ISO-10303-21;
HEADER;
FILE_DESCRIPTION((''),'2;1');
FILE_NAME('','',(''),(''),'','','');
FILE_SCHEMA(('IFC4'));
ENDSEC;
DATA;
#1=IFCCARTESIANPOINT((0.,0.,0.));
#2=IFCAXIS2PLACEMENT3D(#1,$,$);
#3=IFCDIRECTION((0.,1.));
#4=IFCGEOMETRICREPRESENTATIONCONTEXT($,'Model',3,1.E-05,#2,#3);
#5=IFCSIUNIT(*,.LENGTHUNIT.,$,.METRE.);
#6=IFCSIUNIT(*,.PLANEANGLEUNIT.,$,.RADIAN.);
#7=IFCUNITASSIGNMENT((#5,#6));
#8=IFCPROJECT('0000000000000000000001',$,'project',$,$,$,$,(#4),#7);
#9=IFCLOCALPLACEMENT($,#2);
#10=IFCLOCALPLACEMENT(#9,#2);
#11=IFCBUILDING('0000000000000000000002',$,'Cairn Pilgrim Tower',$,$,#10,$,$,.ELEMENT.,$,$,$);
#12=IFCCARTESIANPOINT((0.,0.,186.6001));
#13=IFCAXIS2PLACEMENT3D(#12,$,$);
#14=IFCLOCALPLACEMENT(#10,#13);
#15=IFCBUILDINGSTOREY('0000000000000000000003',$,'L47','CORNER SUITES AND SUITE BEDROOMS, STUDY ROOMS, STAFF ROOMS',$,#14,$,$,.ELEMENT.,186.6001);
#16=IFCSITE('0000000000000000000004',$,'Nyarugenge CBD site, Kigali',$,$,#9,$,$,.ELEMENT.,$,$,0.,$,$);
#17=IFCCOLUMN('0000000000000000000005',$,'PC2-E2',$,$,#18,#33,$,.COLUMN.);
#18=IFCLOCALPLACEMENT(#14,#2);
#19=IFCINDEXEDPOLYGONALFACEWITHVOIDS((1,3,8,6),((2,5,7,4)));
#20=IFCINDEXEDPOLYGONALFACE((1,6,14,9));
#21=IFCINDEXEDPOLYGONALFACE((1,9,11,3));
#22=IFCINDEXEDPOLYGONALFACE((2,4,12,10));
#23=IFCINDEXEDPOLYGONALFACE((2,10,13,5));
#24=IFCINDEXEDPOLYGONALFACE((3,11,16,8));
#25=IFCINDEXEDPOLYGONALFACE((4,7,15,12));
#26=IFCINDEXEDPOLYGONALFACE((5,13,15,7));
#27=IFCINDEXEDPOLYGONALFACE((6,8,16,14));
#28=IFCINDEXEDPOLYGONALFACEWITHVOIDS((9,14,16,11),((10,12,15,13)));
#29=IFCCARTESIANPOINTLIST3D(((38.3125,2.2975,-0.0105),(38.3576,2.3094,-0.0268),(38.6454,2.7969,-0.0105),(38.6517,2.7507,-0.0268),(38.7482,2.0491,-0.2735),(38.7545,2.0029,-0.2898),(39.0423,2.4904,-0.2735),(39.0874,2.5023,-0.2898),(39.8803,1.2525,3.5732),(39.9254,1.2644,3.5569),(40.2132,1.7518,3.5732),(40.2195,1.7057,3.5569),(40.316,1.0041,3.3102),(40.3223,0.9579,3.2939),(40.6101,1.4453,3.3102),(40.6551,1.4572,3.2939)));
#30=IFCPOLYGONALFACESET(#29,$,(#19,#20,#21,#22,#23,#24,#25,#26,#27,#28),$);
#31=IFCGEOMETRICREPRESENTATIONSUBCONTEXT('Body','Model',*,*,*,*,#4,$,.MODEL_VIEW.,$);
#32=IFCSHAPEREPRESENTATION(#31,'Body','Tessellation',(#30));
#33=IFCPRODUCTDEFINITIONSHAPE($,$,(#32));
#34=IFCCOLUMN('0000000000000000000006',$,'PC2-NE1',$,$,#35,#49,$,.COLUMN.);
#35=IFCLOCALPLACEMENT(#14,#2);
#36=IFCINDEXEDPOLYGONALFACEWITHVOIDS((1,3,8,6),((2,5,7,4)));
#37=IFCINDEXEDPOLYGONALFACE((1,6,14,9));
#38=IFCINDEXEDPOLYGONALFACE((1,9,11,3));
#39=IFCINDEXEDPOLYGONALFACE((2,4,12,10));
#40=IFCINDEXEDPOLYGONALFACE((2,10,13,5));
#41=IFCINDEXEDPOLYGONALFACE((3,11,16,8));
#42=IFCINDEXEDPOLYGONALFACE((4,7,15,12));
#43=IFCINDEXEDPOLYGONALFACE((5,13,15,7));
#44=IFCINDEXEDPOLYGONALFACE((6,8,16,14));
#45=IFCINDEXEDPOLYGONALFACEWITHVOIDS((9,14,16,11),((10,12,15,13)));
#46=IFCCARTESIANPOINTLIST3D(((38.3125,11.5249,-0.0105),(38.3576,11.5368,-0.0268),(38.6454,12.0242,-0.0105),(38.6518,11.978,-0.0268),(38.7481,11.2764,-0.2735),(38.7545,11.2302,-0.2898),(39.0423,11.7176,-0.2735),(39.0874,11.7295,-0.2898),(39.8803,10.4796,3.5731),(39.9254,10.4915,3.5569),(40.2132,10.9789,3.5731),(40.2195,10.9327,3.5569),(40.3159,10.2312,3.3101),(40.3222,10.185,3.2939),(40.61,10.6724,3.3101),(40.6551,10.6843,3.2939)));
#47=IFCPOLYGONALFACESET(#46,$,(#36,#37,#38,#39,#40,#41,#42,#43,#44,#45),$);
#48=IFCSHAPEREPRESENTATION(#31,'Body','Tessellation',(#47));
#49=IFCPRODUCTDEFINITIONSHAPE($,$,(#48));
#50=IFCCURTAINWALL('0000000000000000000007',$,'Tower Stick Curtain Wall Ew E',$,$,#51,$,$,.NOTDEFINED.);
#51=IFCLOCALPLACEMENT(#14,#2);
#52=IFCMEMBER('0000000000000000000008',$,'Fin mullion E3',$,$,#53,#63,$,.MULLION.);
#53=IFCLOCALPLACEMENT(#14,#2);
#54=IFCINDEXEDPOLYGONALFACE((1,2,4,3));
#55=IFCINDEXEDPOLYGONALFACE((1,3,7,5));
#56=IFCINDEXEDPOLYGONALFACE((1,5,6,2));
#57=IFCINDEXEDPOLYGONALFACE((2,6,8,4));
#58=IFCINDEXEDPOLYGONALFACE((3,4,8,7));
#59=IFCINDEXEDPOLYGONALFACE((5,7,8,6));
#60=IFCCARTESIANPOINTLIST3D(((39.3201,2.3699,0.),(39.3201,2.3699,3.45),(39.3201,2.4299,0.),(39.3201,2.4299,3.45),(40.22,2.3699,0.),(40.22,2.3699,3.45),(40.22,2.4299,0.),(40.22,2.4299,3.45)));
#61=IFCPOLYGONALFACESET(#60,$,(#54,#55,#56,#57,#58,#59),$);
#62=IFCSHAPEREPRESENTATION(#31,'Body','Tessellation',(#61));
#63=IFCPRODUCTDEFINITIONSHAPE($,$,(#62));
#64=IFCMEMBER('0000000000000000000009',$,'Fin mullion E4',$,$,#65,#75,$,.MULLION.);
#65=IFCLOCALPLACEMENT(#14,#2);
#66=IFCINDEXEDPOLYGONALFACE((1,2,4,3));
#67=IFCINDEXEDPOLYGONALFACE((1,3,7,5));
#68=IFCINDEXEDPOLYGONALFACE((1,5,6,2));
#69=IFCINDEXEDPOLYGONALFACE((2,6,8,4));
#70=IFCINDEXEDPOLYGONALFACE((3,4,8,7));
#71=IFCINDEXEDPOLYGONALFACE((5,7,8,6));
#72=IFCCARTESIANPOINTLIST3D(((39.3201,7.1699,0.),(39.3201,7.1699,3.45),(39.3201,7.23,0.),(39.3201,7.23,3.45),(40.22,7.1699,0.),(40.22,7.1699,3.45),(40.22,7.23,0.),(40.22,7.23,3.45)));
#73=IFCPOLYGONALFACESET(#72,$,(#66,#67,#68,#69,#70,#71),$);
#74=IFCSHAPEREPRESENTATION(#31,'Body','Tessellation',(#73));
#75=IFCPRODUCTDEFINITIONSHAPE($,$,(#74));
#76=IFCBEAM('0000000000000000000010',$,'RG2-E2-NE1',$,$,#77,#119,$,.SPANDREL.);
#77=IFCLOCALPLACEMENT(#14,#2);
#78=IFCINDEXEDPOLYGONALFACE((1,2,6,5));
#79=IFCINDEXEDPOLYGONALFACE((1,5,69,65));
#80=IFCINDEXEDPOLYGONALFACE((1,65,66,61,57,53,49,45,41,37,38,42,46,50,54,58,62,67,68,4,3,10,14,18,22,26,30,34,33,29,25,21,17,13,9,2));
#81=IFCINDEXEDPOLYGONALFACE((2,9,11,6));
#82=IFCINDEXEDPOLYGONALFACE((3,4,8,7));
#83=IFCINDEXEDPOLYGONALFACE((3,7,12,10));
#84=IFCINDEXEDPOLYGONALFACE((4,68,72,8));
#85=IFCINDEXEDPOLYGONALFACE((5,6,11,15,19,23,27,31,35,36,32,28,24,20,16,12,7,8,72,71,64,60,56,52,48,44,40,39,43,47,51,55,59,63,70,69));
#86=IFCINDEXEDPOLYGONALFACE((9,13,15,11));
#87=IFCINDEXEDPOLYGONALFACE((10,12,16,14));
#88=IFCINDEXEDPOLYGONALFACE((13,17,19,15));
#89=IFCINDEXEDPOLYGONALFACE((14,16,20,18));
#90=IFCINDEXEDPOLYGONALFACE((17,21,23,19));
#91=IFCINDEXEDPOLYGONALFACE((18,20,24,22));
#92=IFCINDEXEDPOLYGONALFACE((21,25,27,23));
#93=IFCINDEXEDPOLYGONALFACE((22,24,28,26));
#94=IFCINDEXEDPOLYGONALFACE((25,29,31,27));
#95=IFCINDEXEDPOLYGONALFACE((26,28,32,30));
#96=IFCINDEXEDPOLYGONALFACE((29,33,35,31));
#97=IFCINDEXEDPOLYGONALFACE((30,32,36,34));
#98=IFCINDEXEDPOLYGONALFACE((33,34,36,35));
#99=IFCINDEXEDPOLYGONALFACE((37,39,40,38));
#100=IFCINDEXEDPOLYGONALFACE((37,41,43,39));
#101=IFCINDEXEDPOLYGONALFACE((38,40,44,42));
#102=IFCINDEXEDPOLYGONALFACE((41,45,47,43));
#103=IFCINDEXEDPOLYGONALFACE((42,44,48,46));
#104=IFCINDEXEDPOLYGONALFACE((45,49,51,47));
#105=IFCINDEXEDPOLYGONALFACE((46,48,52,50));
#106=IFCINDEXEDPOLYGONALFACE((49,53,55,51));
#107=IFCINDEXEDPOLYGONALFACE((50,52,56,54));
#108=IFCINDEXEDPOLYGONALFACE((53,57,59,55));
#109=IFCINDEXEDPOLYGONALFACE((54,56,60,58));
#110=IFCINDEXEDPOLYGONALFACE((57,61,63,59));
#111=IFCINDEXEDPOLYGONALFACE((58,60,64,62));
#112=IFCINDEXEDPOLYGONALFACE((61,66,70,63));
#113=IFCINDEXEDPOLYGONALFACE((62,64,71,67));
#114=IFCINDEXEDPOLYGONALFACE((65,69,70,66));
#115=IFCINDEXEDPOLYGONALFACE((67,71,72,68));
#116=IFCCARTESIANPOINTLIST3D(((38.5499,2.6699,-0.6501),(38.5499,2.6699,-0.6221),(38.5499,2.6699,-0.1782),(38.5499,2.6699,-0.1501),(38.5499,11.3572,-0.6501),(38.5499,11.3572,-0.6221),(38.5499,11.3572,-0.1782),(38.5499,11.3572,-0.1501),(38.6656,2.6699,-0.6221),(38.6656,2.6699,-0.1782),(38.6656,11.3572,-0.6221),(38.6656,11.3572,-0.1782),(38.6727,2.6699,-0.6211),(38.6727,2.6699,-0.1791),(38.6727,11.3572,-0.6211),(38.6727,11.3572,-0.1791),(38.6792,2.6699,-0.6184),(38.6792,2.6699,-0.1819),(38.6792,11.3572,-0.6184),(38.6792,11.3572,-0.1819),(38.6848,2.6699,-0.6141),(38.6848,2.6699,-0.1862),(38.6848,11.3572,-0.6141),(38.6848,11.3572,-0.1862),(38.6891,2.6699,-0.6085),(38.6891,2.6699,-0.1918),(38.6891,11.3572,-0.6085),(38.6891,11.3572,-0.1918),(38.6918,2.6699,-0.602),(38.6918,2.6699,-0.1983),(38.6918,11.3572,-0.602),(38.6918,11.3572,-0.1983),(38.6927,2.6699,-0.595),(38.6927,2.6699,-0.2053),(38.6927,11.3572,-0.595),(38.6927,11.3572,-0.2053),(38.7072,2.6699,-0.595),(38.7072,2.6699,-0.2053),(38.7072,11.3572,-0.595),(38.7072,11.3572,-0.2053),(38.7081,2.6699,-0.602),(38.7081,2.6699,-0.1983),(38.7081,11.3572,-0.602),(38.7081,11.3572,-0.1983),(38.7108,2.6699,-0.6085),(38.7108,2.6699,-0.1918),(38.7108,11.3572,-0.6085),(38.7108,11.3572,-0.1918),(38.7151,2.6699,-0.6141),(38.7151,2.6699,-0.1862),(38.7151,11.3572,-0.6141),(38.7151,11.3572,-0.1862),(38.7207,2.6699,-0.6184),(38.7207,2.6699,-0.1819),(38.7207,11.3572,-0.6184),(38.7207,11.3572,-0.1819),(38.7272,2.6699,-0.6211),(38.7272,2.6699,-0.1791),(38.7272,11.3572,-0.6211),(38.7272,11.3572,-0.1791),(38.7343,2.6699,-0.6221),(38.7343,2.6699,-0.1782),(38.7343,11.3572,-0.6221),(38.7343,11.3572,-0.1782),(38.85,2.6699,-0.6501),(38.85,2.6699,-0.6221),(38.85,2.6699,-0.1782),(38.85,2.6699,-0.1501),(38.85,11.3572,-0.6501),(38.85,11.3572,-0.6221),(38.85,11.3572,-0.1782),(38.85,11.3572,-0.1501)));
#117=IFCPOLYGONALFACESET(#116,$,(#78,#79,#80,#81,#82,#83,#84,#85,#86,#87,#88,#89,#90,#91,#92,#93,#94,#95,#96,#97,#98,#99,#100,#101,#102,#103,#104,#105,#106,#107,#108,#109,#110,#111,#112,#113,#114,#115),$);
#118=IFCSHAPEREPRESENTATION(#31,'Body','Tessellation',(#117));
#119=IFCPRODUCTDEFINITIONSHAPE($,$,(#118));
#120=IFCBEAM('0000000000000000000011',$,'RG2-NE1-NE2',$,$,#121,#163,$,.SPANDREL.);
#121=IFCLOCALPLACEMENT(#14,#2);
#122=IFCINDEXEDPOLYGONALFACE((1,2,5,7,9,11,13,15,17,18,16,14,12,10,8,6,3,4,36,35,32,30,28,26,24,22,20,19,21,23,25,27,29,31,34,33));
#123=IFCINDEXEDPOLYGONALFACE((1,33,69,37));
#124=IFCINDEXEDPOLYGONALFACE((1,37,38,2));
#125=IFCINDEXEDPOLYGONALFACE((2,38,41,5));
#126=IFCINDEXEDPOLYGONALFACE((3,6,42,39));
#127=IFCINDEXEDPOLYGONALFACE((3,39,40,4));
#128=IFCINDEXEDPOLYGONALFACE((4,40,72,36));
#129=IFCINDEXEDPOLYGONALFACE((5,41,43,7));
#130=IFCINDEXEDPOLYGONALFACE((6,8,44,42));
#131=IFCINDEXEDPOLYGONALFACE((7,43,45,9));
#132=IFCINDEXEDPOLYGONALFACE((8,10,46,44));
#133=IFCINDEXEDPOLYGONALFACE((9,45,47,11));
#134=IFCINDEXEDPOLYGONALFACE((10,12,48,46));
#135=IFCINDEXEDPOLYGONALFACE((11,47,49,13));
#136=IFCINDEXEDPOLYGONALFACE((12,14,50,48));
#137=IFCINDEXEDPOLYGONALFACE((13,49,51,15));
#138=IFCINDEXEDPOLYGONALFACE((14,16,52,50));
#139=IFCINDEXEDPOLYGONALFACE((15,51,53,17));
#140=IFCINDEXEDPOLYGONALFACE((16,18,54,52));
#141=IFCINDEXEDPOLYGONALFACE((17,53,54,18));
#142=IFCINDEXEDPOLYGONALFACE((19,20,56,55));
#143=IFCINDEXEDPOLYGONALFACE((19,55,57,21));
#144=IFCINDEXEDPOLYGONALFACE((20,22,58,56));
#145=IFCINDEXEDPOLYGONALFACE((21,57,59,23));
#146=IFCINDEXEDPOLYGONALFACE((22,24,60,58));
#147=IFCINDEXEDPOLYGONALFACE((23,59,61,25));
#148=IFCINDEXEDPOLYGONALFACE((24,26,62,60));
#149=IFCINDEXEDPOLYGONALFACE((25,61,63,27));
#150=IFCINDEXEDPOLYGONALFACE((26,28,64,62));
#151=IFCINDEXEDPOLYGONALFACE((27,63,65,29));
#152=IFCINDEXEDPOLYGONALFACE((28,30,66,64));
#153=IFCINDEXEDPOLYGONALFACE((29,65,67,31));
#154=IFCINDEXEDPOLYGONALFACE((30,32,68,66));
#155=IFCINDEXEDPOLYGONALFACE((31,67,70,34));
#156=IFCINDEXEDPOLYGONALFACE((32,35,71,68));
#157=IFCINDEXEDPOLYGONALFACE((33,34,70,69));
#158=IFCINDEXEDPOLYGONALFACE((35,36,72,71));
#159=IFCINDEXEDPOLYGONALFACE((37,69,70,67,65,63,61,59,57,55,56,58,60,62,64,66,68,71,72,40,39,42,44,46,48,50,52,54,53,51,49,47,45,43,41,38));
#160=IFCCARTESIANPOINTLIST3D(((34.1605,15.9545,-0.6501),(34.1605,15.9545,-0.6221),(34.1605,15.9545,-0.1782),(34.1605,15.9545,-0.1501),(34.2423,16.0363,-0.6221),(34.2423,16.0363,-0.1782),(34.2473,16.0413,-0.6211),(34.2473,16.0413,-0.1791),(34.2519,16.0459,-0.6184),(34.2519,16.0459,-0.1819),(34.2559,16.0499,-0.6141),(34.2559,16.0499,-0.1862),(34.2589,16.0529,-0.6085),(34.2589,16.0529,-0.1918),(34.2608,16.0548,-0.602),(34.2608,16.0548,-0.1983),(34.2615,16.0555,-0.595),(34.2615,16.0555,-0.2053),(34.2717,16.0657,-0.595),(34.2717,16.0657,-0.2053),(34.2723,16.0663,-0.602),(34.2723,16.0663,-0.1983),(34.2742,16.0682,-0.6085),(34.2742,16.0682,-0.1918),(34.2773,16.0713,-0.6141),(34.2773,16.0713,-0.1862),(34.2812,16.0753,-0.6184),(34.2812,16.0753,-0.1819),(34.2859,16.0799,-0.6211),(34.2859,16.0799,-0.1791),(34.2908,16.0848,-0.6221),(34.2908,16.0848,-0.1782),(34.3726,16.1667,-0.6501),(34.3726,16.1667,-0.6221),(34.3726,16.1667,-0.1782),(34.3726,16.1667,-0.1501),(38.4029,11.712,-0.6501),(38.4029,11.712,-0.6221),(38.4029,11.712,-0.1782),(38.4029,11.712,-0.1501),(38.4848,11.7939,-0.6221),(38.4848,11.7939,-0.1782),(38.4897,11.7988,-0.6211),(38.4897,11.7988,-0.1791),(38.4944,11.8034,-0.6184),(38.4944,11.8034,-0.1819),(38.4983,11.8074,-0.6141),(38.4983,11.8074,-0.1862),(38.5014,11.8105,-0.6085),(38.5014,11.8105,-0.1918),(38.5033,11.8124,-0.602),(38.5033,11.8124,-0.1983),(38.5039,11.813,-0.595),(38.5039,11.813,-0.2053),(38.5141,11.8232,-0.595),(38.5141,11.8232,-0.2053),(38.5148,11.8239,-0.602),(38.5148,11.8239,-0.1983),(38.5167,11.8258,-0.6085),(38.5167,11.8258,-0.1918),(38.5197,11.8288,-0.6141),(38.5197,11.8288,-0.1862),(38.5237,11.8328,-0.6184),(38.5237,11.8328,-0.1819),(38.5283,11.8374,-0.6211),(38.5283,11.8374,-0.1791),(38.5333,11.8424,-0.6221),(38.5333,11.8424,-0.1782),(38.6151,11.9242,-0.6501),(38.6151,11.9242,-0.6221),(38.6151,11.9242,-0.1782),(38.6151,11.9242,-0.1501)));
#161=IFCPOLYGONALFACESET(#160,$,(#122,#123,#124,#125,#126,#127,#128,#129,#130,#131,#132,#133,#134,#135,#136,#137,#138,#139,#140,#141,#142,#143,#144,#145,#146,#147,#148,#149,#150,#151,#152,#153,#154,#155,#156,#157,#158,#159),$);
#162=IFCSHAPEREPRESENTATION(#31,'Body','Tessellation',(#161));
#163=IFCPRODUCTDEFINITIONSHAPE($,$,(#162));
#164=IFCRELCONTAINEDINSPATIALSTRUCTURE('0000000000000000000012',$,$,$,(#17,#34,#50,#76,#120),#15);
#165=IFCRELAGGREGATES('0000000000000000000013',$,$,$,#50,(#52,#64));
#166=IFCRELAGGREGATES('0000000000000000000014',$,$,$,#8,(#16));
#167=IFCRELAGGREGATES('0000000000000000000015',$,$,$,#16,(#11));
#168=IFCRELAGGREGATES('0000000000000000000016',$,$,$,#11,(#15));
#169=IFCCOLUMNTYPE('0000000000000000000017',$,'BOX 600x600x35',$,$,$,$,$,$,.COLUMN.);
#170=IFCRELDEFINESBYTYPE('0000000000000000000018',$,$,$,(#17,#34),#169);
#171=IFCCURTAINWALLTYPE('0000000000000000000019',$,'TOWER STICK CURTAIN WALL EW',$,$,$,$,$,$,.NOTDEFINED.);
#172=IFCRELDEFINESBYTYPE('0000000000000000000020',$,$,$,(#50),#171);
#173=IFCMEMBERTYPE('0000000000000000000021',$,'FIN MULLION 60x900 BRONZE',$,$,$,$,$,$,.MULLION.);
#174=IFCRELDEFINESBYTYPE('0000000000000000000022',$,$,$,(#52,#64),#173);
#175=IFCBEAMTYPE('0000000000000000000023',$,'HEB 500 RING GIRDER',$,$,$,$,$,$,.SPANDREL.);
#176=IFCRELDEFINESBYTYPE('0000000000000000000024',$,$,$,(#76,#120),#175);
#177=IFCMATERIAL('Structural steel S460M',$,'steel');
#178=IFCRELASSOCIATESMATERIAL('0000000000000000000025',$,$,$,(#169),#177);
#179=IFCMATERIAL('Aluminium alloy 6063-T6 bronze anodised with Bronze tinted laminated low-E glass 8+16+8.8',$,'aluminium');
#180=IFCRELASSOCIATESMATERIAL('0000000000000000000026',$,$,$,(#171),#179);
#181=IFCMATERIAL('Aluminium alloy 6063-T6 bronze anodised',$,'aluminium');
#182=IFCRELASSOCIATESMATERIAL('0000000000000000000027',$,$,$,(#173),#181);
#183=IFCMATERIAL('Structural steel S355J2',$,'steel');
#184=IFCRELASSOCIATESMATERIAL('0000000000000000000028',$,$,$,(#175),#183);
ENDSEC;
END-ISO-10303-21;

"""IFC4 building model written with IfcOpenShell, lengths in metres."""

from ifc_helpers import new_model, si_unit, direction, frame, origin, origin_2d, place, context, subcontext, project, spatial, rectangle, hollow_rectangle, i_section, extrude, clip, halfspace, material, material_profile, profile_set, type_object, element, aggregate, save


model = new_model("IFC4")

# Units and contexts
model_context = context("Model", 3, precision=1e-05, world=origin(), true_north=direction((0.0, 1.0)))
body_context = subcontext(model_context, "Body", "Model", "MODEL_VIEW")
ifc_project = project(units=[si_unit("LENGTHUNIT", "METRE"), si_unit("PLANEANGLEUNIT", "RADIAN")], contexts=[model_context])

# Site, building, storey
site_placement = place(None, origin())
site = spatial("IfcSite", under=ifc_project, at=site_placement, Name="Nyarugenge CBD site, Kigali", CompositionType="ELEMENT", RefElevation=0.0)
building_placement = place(site_placement, origin())
building = spatial("IfcBuilding", under=site, at=building_placement, Name="Cairn Pilgrim Tower", CompositionType="ELEMENT")
storey_placement = place(building_placement, frame((0.0, 0.0, 186.6001)))
storey = spatial("IfcBuildingStorey", under=building, at=storey_placement, Name="L47", Description="CORNER SUITES AND SUITE BEDROOMS, STUDY ROOMS, STAFF ROOMS", CompositionType="ELEMENT", Elevation=186.6001)

# Columns
ifc_material_1 = material(Name="Structural steel S460M", Category="steel")
ifc_material_profile_1 = material_profile(ifc_material_1, hollow_rectangle(XDim=0.6001, YDim=0.6001, WallThickness=0.0349, at=origin_2d()), Name="BOX 600x600x35")
ifc_profile_set_1 = profile_set([ifc_material_profile_1], Name="Structural steel S460M")
column_type = type_object("IfcColumnType", Name="BOX 600x600x35", PredefinedType="COLUMN", material=ifc_profile_set_1)
for number, where, z_axis, x_axis, name in (
    (1, (38.7, 2.3999, -0.1501), (0.387219, -0.258106, 0.885123), (0.554641, 0.83209, 0.0), "PC2-E2"),
    (2, (38.7, 11.6272, -0.1501), (0.387213, -0.258162, 0.885109), (0.55473, 0.83203, 0.0), "PC2-NE1"),
):
    element("IfcColumn", number, at=place(storey_placement, frame(where, z_axis=z_axis, x_axis=x_axis)), inside=storey, type_object=column_type, Name=name, PredefinedType="COLUMN", context=body_context, shape_type="Clipping", body=[
        clip(extrude(hollow_rectangle(XDim=0.6001, YDim=0.6001, WallThickness=0.0349, at=origin_2d()), origin(), (0.0, 0.0, 1.0), 4.0674), halfspace(frame((0.0, 0.0, 4.0488), z_axis=(0.0, 0.0, 1.0), x_axis=(1.0, 0.0, 0.0)), False)),
    ])

# Curtain wall, members
ifc_material_2 = material(Name="Aluminium alloy 6063-T6 bronze anodised with Bronze tinted laminated low-E glass 8+16+8.8", Category="aluminium")
curtain_wall_type = type_object("IfcCurtainWallType", Name="TOWER STICK CURTAIN WALL EW", PredefinedType="NOTDEFINED", material=ifc_material_2)
curtain_wall_placement = place(storey_placement, origin())
curtain_wall = element("IfcCurtainWall", 3, at=curtain_wall_placement, inside=storey, type_object=curtain_wall_type, Name="Tower Stick Curtain Wall Ew E", PredefinedType="NOTDEFINED")
ifc_material_3 = material(Name="Aluminium alloy 6063-T6 bronze anodised", Category="aluminium")
ifc_material_profile_2 = material_profile(ifc_material_3, rectangle(XDim=0.8999, YDim=0.0601, at=origin_2d()), Name="FIN MULLION 60x900 BRONZE")
ifc_profile_set_2 = profile_set([ifc_material_profile_2], Name="Aluminium alloy 6063-T6 bronze anodised")
member_type_1 = type_object("IfcMemberType", Name="FIN MULLION 60x900 BRONZE", PredefinedType="MULLION", material=ifc_profile_set_2)
member_1_placement = place(storey_placement, frame((39.77, 2.3999, 0.0), z_axis=(0.0, 0.0, 1.0), x_axis=(1.0, 0.0, 0.0)))
member_1 = element("IfcMember", 4, at=member_1_placement, type_object=member_type_1, Name="Fin mullion E3", PredefinedType="MULLION", context=body_context, shape_type="SweptSolid", body=[
    extrude(rectangle(XDim=0.8999, YDim=0.0601, at=origin_2d()), origin(), (0.0, 0.0, 1.0), 3.45),
])
member_2_placement = place(storey_placement, frame((39.77, 7.2, 0.0), z_axis=(0.0, 0.0, 1.0), x_axis=(1.0, 0.0, 0.0)))
member_2 = element("IfcMember", 5, at=member_2_placement, type_object=member_type_1, Name="Fin mullion E4", PredefinedType="MULLION", context=body_context, shape_type="SweptSolid", body=[
    extrude(rectangle(XDim=0.8999, YDim=0.0601, at=origin_2d()), origin(), (0.0, 0.0, 1.0), 3.45),
])

# Beams
ifc_material_4 = material(Name="Structural steel S355J2", Category="steel")
ifc_material_profile_3 = material_profile(ifc_material_4, i_section(OverallWidth=0.3, OverallDepth=0.5, WebThickness=0.0144, FlangeThickness=0.0281, FilletRadius=0.0271, at=origin_2d()), Name="HEB 500")
ifc_profile_set_3 = profile_set([ifc_material_profile_3], Name="Structural steel S355J2")
beam_type_1 = type_object("IfcBeamType", Name="HEB 500 RING GIRDER", PredefinedType="SPANDREL", material=ifc_profile_set_3)
beam_1_placement = place(storey_placement, frame((38.7, 2.6699, -0.4001), z_axis=(0.0, 1.0, 0.0), x_axis=(-1.0, 0.0, 0.0)))
element("IfcBeam", 6, at=beam_1_placement, inside=storey, type_object=beam_type_1, Name="RG2-E2-NE1", PredefinedType="SPANDREL", context=body_context, shape_type="SweptSolid", body=[
    extrude(i_section(OverallWidth=0.3, OverallDepth=0.5, WebThickness=0.0144, FlangeThickness=0.0281, FilletRadius=0.0271, at=origin_2d()), origin(), (0.0, 0.0, 1.0), 8.6873),
])
beam_2_placement = place(storey_placement, frame((38.509, 11.8181, -0.4001), z_axis=(-0.707107, 0.707107, 0.0), x_axis=(-0.707107, -0.707107, 0.0)))
element("IfcBeam", 7, at=beam_2_placement, inside=storey, type_object=beam_type_1, Name="RG2-NE1-NE2", PredefinedType="SPANDREL", context=body_context, shape_type="SweptSolid", body=[
    extrude(i_section(OverallWidth=0.3, OverallDepth=0.5, WebThickness=0.0144, FlangeThickness=0.0281, FilletRadius=0.0271, at=origin_2d()), origin(), (0.0, 0.0, 1.0), 5.9998),
])

aggregate(curtain_wall, [member_1, member_2])

save(model, "model.ifc")
